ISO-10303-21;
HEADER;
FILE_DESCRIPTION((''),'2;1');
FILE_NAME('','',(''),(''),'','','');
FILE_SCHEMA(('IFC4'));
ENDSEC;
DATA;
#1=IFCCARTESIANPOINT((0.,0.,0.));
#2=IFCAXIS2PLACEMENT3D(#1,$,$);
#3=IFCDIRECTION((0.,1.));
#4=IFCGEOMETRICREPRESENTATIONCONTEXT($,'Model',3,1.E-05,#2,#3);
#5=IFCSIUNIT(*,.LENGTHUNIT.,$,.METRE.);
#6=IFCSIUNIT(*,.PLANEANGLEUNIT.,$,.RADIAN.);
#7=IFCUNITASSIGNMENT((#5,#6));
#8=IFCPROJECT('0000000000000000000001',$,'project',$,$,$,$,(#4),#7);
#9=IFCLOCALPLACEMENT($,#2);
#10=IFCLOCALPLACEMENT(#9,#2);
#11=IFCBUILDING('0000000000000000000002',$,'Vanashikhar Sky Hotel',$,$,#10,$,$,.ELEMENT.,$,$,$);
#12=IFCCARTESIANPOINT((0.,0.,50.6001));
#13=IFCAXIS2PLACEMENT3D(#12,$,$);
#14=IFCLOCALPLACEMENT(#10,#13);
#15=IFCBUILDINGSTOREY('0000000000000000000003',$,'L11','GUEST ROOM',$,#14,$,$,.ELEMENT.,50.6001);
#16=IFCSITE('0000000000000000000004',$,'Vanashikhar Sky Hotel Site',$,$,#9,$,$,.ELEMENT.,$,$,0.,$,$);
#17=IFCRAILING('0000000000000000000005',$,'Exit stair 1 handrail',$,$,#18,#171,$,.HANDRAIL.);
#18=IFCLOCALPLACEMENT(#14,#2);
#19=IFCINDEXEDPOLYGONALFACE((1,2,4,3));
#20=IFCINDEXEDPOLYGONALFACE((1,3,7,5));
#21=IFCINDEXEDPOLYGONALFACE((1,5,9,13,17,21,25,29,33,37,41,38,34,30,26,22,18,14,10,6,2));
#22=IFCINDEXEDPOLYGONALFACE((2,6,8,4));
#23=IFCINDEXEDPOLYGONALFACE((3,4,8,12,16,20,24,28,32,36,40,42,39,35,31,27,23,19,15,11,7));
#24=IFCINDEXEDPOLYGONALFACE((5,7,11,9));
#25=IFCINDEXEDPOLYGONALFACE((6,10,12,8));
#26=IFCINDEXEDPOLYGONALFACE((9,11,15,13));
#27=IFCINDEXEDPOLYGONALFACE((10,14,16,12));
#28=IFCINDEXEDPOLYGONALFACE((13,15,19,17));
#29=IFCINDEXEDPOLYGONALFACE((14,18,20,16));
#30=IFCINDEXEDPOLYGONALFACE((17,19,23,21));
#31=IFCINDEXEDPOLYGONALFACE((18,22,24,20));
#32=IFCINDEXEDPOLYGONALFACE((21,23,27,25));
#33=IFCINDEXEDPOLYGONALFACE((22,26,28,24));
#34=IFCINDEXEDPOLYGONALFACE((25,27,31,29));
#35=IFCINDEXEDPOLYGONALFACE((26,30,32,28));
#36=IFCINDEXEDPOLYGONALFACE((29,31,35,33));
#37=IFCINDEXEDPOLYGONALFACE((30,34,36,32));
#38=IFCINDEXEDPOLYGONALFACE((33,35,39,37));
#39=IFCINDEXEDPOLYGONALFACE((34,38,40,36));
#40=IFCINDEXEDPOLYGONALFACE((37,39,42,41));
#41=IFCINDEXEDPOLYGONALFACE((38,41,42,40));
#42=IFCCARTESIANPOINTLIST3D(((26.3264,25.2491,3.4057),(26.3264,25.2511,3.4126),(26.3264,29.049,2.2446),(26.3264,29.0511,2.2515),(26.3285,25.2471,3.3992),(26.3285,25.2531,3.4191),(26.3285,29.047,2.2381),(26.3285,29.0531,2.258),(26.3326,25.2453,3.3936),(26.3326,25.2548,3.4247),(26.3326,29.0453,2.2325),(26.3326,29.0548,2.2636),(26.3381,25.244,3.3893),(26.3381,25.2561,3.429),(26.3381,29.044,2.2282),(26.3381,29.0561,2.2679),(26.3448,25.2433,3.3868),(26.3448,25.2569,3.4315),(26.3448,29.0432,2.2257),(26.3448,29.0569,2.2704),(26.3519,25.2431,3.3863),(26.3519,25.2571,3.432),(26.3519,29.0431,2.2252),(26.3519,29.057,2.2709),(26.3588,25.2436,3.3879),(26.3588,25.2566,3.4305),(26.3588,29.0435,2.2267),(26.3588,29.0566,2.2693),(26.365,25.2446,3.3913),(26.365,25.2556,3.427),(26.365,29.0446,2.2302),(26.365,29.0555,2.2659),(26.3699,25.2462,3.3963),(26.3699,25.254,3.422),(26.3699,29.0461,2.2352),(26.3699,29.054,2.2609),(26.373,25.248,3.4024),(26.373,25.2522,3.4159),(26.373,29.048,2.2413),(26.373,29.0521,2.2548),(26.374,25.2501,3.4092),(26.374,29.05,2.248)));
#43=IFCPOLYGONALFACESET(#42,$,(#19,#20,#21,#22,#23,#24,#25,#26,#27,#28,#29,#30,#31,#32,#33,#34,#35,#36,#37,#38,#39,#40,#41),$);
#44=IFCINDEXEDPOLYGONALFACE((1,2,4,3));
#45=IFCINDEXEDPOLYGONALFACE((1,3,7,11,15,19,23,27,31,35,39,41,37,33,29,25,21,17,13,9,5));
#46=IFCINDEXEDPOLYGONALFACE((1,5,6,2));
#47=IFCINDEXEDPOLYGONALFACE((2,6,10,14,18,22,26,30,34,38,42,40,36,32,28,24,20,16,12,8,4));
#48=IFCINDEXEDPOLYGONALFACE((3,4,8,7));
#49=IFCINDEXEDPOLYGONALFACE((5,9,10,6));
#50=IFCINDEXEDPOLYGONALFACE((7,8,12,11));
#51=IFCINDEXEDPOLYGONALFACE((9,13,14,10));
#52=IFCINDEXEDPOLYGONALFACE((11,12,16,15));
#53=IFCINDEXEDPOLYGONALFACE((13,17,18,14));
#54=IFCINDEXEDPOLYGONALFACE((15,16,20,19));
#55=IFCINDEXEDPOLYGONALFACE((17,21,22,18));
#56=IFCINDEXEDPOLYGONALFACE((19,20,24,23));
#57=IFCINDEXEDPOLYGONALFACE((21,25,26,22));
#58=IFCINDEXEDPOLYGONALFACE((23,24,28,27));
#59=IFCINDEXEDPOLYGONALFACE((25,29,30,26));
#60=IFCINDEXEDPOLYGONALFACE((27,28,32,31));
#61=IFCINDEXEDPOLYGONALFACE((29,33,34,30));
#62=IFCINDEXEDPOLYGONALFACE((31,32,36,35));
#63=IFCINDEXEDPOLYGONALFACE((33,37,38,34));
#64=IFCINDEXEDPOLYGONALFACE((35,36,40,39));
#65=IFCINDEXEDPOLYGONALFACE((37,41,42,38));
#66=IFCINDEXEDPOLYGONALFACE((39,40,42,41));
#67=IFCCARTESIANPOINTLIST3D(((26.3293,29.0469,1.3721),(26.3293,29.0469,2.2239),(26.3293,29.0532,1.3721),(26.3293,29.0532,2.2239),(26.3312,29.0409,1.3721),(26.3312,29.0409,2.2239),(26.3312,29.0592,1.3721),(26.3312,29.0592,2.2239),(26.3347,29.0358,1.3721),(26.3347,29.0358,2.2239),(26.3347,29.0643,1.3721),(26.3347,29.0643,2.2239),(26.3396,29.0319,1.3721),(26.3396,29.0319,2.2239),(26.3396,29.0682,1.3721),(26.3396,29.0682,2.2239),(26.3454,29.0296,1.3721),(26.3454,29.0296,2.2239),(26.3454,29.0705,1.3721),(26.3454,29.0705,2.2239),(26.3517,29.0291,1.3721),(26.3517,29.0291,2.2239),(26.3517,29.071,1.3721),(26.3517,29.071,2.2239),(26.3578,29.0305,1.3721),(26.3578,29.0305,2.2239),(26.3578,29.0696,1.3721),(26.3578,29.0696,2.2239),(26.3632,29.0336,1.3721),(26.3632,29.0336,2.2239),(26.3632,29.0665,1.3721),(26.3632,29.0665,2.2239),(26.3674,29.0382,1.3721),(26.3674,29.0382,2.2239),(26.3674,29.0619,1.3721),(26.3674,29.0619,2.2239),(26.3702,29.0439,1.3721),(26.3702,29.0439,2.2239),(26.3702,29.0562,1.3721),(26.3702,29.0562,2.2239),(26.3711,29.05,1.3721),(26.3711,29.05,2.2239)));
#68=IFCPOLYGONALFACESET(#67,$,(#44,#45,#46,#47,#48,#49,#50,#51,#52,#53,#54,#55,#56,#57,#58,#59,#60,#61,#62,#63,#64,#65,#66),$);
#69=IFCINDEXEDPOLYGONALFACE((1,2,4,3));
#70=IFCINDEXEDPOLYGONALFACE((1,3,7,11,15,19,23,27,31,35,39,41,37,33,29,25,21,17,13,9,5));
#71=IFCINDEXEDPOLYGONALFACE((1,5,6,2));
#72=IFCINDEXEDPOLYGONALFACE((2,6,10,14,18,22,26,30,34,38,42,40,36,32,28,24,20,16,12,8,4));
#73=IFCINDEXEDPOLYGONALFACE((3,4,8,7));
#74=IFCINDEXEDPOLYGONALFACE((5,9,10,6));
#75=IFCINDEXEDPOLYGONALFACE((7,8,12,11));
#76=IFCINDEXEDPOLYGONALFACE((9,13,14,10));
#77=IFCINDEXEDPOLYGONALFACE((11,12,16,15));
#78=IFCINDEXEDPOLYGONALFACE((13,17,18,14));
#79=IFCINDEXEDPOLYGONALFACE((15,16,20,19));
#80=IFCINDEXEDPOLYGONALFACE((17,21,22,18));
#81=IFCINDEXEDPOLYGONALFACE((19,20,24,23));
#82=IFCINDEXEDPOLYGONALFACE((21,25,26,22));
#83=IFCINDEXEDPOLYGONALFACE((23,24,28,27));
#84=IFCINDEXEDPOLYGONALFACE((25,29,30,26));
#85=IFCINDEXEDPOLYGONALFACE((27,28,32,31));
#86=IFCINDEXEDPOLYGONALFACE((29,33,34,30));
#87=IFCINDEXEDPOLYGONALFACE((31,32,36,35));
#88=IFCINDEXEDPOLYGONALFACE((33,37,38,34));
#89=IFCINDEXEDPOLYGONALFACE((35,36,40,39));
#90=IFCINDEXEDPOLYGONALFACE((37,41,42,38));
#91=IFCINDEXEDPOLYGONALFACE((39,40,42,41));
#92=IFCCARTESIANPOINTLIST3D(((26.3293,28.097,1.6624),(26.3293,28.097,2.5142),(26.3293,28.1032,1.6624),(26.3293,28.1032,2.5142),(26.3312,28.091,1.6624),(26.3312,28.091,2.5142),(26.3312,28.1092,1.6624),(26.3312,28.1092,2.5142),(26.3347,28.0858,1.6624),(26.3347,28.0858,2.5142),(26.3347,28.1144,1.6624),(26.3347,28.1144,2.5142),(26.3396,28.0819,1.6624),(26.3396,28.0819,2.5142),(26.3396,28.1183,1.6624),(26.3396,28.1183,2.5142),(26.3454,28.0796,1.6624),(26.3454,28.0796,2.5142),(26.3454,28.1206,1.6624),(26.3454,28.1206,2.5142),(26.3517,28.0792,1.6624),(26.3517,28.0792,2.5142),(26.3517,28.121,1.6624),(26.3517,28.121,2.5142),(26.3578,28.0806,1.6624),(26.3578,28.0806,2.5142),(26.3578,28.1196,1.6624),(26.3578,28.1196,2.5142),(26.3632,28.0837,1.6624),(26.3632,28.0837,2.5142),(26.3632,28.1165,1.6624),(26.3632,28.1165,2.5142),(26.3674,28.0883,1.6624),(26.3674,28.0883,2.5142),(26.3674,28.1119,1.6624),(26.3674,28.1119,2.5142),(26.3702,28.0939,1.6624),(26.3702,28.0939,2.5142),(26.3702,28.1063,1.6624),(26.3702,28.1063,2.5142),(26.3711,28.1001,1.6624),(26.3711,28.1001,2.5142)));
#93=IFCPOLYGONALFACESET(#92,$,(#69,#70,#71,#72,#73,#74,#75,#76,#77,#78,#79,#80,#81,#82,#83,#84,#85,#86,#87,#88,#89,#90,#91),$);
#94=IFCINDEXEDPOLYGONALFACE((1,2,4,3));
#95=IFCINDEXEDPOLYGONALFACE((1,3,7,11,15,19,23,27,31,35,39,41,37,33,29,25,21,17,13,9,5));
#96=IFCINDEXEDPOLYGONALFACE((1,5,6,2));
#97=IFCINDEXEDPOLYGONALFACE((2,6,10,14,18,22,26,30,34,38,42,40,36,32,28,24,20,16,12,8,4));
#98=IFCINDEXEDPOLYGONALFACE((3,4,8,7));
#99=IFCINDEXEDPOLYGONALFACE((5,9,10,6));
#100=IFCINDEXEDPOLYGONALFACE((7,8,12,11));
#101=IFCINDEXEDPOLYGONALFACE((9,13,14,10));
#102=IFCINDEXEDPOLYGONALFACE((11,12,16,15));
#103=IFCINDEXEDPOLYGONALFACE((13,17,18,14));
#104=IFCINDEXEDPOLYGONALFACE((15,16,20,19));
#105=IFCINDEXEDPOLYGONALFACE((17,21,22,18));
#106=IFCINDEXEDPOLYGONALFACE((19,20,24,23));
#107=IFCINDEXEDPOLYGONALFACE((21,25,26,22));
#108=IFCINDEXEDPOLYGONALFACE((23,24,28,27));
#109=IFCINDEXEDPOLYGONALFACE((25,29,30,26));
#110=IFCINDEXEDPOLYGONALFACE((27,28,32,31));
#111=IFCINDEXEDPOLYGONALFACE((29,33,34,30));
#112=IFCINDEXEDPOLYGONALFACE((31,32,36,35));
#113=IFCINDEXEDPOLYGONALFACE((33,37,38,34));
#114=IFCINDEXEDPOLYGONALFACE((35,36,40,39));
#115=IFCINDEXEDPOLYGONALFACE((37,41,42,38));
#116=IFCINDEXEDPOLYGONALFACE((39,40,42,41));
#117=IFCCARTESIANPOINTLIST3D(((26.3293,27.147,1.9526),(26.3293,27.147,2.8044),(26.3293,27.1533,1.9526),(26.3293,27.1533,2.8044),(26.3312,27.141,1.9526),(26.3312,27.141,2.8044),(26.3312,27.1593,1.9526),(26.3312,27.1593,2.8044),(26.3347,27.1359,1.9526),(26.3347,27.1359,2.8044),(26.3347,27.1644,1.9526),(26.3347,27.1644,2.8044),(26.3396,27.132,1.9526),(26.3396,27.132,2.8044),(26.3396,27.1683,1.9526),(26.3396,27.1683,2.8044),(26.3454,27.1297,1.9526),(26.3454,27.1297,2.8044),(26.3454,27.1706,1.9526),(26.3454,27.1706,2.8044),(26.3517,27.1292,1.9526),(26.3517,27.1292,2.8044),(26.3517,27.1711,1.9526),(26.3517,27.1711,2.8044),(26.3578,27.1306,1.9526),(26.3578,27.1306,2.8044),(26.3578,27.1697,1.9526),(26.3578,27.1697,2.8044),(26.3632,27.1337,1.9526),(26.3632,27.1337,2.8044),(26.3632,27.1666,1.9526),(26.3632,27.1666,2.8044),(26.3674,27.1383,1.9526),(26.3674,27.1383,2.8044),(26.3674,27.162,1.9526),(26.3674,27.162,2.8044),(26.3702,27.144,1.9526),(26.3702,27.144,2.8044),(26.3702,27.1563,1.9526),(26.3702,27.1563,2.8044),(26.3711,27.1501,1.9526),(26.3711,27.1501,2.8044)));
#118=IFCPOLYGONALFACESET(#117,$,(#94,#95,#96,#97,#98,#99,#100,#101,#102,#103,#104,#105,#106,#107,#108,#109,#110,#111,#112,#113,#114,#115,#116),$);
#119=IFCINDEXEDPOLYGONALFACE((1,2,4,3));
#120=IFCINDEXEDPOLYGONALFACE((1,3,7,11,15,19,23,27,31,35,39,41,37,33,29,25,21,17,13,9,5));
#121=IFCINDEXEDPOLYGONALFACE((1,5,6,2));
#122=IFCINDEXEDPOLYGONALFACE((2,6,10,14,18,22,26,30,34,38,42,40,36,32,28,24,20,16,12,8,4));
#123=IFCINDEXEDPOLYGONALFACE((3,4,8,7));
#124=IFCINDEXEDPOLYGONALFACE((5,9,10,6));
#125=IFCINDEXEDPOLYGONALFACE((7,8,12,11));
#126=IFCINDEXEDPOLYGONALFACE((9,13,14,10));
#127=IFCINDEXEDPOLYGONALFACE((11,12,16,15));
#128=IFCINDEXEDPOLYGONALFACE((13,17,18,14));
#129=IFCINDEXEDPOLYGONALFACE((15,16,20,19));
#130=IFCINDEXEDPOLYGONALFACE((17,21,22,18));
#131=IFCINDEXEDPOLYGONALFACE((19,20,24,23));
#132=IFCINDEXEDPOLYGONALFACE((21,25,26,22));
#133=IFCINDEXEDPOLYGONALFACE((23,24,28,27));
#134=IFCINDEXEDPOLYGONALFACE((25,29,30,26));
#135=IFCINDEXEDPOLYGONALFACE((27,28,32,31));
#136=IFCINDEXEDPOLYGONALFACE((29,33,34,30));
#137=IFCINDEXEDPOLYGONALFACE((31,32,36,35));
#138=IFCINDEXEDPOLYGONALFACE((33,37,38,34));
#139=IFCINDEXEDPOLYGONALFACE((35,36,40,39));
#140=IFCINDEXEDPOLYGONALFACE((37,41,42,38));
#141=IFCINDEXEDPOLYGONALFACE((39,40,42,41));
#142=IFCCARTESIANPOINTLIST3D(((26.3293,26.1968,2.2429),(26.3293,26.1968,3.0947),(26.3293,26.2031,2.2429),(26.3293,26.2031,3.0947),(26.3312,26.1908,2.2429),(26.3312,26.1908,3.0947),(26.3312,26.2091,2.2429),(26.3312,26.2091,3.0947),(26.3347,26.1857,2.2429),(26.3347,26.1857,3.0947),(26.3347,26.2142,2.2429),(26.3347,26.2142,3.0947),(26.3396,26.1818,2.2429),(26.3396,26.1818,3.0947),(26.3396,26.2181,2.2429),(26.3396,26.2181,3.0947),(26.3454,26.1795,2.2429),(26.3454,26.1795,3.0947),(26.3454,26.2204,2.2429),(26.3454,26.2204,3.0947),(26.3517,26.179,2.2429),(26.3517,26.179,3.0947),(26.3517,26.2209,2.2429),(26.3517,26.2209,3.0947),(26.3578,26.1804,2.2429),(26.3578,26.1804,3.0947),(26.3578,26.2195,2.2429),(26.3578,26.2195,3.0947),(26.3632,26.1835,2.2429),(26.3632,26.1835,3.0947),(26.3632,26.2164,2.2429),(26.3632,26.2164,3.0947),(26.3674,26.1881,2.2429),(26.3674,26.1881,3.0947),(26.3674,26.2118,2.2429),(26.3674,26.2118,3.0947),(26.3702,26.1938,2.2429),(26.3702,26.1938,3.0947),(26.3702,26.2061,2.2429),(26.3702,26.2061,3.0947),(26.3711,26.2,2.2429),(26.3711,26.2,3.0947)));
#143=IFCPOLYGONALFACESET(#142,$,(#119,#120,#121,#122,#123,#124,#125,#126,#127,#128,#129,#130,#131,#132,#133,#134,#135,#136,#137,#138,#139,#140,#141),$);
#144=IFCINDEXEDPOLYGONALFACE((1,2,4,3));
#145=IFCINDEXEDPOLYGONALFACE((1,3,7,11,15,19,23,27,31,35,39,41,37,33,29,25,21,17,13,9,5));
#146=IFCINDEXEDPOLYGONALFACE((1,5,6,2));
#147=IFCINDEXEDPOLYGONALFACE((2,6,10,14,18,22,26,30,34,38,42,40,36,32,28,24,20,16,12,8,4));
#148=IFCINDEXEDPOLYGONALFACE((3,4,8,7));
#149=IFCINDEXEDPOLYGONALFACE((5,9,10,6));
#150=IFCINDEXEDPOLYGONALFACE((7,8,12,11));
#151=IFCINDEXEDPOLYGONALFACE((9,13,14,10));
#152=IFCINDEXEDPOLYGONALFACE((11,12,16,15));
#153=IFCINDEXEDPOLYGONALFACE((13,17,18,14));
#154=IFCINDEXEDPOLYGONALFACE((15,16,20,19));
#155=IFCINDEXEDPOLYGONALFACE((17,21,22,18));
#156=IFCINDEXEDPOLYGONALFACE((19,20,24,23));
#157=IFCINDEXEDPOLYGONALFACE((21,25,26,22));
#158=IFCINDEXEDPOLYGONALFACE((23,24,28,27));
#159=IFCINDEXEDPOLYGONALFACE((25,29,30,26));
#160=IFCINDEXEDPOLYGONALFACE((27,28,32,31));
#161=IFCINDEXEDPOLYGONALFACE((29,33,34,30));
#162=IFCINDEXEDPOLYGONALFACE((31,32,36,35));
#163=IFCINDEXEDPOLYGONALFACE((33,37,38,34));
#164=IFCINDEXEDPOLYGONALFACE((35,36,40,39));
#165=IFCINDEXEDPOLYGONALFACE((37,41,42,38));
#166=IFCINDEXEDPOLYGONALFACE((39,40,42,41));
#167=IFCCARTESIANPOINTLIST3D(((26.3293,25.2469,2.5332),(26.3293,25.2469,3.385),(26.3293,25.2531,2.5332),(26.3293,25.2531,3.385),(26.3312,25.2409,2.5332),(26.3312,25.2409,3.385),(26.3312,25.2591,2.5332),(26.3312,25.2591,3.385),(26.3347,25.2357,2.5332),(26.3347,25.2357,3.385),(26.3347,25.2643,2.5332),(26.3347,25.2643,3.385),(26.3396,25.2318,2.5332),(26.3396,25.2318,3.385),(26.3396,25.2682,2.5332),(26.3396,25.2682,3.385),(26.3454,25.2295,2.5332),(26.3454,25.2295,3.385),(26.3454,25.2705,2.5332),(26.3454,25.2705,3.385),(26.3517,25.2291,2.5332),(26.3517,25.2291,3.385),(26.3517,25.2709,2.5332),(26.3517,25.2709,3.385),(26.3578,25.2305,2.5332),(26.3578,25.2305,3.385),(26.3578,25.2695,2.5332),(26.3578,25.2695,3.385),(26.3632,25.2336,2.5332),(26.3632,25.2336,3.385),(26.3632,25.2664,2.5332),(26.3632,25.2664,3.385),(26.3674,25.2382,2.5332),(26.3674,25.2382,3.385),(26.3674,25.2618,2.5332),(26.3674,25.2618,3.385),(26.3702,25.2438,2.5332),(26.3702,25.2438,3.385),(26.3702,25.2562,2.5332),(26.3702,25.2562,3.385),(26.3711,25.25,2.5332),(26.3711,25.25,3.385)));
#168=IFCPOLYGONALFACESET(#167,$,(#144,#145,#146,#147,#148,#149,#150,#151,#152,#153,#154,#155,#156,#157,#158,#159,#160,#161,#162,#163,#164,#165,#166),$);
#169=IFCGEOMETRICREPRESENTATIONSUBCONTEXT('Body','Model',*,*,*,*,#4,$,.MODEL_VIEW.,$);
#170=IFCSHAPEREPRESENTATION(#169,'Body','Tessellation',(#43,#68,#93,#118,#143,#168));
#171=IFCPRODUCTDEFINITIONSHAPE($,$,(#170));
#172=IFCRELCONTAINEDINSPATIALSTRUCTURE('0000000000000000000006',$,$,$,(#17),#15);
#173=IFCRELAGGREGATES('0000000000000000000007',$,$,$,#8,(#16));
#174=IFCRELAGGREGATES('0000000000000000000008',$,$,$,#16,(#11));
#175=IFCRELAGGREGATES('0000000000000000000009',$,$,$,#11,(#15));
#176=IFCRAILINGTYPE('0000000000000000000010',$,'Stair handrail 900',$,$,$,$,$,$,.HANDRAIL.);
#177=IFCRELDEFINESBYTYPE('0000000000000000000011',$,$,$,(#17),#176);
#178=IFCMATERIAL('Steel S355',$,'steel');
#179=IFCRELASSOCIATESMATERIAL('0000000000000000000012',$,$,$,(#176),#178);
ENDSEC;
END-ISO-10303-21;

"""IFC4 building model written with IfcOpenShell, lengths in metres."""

from ifc_helpers import new_model, si_unit, direction, frame, origin, origin_2d, place, context, subcontext, project, spatial, circle, extrude, source, transform, mapped, material, type_object, element, save


model = new_model("IFC4")

# Units and contexts
model_context = context("Model", 3, precision=1e-05, world=origin(), true_north=direction((0.0, 1.0)))
body_context = subcontext(model_context, "Body", "Model", "MODEL_VIEW")
ifc_project = project(units=[si_unit("LENGTHUNIT", "METRE"), si_unit("PLANEANGLEUNIT", "RADIAN")], contexts=[model_context])

# Site, building, storey
site_placement = place(None, origin())
site = spatial("IfcSite", under=ifc_project, at=site_placement, Name="Vanashikhar Sky Hotel Site", CompositionType="ELEMENT", RefElevation=0.0)
building_placement = place(site_placement, origin())
building = spatial("IfcBuilding", under=site, at=building_placement, Name="Vanashikhar Sky Hotel", CompositionType="ELEMENT")
storey_placement = place(building_placement, frame((0.0, 0.0, 50.6001)))
storey = spatial("IfcBuildingStorey", under=building, at=storey_placement, Name="L11", Description="GUEST ROOM", CompositionType="ELEMENT", Elevation=50.6001)

# Railing
ifc_material_1 = material(Name="Steel S355", Category="steel")
railing_type_1 = type_object("IfcRailingType", Name="Stair handrail 900", PredefinedType="HANDRAIL", material=ifc_material_1)
shared_shape_1 = source(origin(), body_context, "Body", "SweptSolid", [
    extrude(circle(Radius=0.0239, at=origin_2d()), frame((0.0, 0.0, 0.876), z_axis=(0.0, -0.956351, 0.29222), x_axis=(1.0, 0.0, 0.0)), (0.0, 0.0, 1.0), 3.9734),
    extrude(circle(Radius=0.021, at=origin_2d()), origin(), (0.0, 0.0, 1.0), 0.8518),
    extrude(circle(Radius=0.021, at=origin_2d()), frame((0.0, -0.95, 0.2903)), (0.0, 0.0, 1.0), 0.8518),
    extrude(circle(Radius=0.021, at=origin_2d()), frame((0.0, -1.8999, 0.5806)), (0.0, 0.0, 1.0), 0.8518),
    extrude(circle(Radius=0.021, at=origin_2d()), frame((0.0, -2.8501, 0.8708)), (0.0, 0.0, 1.0), 0.8518),
    extrude(circle(Radius=0.021, at=origin_2d()), frame((0.0, -3.8, 1.1611)), (0.0, 0.0, 1.0), 0.8518),
])
railing_1_placement = place(storey_placement, frame((26.3501, 29.05, 1.3721)))
element("IfcRailing", 1, at=railing_1_placement, inside=storey, type_object=railing_type_1, Name="Exit stair 1 handrail", PredefinedType="HANDRAIL", context=body_context, shape_type="MappedRepresentation", body=[
    mapped(shared_shape_1, transform((0.0, 0.0, 0.0), scale=1.0)),
])

save(model, "model.ifc")
